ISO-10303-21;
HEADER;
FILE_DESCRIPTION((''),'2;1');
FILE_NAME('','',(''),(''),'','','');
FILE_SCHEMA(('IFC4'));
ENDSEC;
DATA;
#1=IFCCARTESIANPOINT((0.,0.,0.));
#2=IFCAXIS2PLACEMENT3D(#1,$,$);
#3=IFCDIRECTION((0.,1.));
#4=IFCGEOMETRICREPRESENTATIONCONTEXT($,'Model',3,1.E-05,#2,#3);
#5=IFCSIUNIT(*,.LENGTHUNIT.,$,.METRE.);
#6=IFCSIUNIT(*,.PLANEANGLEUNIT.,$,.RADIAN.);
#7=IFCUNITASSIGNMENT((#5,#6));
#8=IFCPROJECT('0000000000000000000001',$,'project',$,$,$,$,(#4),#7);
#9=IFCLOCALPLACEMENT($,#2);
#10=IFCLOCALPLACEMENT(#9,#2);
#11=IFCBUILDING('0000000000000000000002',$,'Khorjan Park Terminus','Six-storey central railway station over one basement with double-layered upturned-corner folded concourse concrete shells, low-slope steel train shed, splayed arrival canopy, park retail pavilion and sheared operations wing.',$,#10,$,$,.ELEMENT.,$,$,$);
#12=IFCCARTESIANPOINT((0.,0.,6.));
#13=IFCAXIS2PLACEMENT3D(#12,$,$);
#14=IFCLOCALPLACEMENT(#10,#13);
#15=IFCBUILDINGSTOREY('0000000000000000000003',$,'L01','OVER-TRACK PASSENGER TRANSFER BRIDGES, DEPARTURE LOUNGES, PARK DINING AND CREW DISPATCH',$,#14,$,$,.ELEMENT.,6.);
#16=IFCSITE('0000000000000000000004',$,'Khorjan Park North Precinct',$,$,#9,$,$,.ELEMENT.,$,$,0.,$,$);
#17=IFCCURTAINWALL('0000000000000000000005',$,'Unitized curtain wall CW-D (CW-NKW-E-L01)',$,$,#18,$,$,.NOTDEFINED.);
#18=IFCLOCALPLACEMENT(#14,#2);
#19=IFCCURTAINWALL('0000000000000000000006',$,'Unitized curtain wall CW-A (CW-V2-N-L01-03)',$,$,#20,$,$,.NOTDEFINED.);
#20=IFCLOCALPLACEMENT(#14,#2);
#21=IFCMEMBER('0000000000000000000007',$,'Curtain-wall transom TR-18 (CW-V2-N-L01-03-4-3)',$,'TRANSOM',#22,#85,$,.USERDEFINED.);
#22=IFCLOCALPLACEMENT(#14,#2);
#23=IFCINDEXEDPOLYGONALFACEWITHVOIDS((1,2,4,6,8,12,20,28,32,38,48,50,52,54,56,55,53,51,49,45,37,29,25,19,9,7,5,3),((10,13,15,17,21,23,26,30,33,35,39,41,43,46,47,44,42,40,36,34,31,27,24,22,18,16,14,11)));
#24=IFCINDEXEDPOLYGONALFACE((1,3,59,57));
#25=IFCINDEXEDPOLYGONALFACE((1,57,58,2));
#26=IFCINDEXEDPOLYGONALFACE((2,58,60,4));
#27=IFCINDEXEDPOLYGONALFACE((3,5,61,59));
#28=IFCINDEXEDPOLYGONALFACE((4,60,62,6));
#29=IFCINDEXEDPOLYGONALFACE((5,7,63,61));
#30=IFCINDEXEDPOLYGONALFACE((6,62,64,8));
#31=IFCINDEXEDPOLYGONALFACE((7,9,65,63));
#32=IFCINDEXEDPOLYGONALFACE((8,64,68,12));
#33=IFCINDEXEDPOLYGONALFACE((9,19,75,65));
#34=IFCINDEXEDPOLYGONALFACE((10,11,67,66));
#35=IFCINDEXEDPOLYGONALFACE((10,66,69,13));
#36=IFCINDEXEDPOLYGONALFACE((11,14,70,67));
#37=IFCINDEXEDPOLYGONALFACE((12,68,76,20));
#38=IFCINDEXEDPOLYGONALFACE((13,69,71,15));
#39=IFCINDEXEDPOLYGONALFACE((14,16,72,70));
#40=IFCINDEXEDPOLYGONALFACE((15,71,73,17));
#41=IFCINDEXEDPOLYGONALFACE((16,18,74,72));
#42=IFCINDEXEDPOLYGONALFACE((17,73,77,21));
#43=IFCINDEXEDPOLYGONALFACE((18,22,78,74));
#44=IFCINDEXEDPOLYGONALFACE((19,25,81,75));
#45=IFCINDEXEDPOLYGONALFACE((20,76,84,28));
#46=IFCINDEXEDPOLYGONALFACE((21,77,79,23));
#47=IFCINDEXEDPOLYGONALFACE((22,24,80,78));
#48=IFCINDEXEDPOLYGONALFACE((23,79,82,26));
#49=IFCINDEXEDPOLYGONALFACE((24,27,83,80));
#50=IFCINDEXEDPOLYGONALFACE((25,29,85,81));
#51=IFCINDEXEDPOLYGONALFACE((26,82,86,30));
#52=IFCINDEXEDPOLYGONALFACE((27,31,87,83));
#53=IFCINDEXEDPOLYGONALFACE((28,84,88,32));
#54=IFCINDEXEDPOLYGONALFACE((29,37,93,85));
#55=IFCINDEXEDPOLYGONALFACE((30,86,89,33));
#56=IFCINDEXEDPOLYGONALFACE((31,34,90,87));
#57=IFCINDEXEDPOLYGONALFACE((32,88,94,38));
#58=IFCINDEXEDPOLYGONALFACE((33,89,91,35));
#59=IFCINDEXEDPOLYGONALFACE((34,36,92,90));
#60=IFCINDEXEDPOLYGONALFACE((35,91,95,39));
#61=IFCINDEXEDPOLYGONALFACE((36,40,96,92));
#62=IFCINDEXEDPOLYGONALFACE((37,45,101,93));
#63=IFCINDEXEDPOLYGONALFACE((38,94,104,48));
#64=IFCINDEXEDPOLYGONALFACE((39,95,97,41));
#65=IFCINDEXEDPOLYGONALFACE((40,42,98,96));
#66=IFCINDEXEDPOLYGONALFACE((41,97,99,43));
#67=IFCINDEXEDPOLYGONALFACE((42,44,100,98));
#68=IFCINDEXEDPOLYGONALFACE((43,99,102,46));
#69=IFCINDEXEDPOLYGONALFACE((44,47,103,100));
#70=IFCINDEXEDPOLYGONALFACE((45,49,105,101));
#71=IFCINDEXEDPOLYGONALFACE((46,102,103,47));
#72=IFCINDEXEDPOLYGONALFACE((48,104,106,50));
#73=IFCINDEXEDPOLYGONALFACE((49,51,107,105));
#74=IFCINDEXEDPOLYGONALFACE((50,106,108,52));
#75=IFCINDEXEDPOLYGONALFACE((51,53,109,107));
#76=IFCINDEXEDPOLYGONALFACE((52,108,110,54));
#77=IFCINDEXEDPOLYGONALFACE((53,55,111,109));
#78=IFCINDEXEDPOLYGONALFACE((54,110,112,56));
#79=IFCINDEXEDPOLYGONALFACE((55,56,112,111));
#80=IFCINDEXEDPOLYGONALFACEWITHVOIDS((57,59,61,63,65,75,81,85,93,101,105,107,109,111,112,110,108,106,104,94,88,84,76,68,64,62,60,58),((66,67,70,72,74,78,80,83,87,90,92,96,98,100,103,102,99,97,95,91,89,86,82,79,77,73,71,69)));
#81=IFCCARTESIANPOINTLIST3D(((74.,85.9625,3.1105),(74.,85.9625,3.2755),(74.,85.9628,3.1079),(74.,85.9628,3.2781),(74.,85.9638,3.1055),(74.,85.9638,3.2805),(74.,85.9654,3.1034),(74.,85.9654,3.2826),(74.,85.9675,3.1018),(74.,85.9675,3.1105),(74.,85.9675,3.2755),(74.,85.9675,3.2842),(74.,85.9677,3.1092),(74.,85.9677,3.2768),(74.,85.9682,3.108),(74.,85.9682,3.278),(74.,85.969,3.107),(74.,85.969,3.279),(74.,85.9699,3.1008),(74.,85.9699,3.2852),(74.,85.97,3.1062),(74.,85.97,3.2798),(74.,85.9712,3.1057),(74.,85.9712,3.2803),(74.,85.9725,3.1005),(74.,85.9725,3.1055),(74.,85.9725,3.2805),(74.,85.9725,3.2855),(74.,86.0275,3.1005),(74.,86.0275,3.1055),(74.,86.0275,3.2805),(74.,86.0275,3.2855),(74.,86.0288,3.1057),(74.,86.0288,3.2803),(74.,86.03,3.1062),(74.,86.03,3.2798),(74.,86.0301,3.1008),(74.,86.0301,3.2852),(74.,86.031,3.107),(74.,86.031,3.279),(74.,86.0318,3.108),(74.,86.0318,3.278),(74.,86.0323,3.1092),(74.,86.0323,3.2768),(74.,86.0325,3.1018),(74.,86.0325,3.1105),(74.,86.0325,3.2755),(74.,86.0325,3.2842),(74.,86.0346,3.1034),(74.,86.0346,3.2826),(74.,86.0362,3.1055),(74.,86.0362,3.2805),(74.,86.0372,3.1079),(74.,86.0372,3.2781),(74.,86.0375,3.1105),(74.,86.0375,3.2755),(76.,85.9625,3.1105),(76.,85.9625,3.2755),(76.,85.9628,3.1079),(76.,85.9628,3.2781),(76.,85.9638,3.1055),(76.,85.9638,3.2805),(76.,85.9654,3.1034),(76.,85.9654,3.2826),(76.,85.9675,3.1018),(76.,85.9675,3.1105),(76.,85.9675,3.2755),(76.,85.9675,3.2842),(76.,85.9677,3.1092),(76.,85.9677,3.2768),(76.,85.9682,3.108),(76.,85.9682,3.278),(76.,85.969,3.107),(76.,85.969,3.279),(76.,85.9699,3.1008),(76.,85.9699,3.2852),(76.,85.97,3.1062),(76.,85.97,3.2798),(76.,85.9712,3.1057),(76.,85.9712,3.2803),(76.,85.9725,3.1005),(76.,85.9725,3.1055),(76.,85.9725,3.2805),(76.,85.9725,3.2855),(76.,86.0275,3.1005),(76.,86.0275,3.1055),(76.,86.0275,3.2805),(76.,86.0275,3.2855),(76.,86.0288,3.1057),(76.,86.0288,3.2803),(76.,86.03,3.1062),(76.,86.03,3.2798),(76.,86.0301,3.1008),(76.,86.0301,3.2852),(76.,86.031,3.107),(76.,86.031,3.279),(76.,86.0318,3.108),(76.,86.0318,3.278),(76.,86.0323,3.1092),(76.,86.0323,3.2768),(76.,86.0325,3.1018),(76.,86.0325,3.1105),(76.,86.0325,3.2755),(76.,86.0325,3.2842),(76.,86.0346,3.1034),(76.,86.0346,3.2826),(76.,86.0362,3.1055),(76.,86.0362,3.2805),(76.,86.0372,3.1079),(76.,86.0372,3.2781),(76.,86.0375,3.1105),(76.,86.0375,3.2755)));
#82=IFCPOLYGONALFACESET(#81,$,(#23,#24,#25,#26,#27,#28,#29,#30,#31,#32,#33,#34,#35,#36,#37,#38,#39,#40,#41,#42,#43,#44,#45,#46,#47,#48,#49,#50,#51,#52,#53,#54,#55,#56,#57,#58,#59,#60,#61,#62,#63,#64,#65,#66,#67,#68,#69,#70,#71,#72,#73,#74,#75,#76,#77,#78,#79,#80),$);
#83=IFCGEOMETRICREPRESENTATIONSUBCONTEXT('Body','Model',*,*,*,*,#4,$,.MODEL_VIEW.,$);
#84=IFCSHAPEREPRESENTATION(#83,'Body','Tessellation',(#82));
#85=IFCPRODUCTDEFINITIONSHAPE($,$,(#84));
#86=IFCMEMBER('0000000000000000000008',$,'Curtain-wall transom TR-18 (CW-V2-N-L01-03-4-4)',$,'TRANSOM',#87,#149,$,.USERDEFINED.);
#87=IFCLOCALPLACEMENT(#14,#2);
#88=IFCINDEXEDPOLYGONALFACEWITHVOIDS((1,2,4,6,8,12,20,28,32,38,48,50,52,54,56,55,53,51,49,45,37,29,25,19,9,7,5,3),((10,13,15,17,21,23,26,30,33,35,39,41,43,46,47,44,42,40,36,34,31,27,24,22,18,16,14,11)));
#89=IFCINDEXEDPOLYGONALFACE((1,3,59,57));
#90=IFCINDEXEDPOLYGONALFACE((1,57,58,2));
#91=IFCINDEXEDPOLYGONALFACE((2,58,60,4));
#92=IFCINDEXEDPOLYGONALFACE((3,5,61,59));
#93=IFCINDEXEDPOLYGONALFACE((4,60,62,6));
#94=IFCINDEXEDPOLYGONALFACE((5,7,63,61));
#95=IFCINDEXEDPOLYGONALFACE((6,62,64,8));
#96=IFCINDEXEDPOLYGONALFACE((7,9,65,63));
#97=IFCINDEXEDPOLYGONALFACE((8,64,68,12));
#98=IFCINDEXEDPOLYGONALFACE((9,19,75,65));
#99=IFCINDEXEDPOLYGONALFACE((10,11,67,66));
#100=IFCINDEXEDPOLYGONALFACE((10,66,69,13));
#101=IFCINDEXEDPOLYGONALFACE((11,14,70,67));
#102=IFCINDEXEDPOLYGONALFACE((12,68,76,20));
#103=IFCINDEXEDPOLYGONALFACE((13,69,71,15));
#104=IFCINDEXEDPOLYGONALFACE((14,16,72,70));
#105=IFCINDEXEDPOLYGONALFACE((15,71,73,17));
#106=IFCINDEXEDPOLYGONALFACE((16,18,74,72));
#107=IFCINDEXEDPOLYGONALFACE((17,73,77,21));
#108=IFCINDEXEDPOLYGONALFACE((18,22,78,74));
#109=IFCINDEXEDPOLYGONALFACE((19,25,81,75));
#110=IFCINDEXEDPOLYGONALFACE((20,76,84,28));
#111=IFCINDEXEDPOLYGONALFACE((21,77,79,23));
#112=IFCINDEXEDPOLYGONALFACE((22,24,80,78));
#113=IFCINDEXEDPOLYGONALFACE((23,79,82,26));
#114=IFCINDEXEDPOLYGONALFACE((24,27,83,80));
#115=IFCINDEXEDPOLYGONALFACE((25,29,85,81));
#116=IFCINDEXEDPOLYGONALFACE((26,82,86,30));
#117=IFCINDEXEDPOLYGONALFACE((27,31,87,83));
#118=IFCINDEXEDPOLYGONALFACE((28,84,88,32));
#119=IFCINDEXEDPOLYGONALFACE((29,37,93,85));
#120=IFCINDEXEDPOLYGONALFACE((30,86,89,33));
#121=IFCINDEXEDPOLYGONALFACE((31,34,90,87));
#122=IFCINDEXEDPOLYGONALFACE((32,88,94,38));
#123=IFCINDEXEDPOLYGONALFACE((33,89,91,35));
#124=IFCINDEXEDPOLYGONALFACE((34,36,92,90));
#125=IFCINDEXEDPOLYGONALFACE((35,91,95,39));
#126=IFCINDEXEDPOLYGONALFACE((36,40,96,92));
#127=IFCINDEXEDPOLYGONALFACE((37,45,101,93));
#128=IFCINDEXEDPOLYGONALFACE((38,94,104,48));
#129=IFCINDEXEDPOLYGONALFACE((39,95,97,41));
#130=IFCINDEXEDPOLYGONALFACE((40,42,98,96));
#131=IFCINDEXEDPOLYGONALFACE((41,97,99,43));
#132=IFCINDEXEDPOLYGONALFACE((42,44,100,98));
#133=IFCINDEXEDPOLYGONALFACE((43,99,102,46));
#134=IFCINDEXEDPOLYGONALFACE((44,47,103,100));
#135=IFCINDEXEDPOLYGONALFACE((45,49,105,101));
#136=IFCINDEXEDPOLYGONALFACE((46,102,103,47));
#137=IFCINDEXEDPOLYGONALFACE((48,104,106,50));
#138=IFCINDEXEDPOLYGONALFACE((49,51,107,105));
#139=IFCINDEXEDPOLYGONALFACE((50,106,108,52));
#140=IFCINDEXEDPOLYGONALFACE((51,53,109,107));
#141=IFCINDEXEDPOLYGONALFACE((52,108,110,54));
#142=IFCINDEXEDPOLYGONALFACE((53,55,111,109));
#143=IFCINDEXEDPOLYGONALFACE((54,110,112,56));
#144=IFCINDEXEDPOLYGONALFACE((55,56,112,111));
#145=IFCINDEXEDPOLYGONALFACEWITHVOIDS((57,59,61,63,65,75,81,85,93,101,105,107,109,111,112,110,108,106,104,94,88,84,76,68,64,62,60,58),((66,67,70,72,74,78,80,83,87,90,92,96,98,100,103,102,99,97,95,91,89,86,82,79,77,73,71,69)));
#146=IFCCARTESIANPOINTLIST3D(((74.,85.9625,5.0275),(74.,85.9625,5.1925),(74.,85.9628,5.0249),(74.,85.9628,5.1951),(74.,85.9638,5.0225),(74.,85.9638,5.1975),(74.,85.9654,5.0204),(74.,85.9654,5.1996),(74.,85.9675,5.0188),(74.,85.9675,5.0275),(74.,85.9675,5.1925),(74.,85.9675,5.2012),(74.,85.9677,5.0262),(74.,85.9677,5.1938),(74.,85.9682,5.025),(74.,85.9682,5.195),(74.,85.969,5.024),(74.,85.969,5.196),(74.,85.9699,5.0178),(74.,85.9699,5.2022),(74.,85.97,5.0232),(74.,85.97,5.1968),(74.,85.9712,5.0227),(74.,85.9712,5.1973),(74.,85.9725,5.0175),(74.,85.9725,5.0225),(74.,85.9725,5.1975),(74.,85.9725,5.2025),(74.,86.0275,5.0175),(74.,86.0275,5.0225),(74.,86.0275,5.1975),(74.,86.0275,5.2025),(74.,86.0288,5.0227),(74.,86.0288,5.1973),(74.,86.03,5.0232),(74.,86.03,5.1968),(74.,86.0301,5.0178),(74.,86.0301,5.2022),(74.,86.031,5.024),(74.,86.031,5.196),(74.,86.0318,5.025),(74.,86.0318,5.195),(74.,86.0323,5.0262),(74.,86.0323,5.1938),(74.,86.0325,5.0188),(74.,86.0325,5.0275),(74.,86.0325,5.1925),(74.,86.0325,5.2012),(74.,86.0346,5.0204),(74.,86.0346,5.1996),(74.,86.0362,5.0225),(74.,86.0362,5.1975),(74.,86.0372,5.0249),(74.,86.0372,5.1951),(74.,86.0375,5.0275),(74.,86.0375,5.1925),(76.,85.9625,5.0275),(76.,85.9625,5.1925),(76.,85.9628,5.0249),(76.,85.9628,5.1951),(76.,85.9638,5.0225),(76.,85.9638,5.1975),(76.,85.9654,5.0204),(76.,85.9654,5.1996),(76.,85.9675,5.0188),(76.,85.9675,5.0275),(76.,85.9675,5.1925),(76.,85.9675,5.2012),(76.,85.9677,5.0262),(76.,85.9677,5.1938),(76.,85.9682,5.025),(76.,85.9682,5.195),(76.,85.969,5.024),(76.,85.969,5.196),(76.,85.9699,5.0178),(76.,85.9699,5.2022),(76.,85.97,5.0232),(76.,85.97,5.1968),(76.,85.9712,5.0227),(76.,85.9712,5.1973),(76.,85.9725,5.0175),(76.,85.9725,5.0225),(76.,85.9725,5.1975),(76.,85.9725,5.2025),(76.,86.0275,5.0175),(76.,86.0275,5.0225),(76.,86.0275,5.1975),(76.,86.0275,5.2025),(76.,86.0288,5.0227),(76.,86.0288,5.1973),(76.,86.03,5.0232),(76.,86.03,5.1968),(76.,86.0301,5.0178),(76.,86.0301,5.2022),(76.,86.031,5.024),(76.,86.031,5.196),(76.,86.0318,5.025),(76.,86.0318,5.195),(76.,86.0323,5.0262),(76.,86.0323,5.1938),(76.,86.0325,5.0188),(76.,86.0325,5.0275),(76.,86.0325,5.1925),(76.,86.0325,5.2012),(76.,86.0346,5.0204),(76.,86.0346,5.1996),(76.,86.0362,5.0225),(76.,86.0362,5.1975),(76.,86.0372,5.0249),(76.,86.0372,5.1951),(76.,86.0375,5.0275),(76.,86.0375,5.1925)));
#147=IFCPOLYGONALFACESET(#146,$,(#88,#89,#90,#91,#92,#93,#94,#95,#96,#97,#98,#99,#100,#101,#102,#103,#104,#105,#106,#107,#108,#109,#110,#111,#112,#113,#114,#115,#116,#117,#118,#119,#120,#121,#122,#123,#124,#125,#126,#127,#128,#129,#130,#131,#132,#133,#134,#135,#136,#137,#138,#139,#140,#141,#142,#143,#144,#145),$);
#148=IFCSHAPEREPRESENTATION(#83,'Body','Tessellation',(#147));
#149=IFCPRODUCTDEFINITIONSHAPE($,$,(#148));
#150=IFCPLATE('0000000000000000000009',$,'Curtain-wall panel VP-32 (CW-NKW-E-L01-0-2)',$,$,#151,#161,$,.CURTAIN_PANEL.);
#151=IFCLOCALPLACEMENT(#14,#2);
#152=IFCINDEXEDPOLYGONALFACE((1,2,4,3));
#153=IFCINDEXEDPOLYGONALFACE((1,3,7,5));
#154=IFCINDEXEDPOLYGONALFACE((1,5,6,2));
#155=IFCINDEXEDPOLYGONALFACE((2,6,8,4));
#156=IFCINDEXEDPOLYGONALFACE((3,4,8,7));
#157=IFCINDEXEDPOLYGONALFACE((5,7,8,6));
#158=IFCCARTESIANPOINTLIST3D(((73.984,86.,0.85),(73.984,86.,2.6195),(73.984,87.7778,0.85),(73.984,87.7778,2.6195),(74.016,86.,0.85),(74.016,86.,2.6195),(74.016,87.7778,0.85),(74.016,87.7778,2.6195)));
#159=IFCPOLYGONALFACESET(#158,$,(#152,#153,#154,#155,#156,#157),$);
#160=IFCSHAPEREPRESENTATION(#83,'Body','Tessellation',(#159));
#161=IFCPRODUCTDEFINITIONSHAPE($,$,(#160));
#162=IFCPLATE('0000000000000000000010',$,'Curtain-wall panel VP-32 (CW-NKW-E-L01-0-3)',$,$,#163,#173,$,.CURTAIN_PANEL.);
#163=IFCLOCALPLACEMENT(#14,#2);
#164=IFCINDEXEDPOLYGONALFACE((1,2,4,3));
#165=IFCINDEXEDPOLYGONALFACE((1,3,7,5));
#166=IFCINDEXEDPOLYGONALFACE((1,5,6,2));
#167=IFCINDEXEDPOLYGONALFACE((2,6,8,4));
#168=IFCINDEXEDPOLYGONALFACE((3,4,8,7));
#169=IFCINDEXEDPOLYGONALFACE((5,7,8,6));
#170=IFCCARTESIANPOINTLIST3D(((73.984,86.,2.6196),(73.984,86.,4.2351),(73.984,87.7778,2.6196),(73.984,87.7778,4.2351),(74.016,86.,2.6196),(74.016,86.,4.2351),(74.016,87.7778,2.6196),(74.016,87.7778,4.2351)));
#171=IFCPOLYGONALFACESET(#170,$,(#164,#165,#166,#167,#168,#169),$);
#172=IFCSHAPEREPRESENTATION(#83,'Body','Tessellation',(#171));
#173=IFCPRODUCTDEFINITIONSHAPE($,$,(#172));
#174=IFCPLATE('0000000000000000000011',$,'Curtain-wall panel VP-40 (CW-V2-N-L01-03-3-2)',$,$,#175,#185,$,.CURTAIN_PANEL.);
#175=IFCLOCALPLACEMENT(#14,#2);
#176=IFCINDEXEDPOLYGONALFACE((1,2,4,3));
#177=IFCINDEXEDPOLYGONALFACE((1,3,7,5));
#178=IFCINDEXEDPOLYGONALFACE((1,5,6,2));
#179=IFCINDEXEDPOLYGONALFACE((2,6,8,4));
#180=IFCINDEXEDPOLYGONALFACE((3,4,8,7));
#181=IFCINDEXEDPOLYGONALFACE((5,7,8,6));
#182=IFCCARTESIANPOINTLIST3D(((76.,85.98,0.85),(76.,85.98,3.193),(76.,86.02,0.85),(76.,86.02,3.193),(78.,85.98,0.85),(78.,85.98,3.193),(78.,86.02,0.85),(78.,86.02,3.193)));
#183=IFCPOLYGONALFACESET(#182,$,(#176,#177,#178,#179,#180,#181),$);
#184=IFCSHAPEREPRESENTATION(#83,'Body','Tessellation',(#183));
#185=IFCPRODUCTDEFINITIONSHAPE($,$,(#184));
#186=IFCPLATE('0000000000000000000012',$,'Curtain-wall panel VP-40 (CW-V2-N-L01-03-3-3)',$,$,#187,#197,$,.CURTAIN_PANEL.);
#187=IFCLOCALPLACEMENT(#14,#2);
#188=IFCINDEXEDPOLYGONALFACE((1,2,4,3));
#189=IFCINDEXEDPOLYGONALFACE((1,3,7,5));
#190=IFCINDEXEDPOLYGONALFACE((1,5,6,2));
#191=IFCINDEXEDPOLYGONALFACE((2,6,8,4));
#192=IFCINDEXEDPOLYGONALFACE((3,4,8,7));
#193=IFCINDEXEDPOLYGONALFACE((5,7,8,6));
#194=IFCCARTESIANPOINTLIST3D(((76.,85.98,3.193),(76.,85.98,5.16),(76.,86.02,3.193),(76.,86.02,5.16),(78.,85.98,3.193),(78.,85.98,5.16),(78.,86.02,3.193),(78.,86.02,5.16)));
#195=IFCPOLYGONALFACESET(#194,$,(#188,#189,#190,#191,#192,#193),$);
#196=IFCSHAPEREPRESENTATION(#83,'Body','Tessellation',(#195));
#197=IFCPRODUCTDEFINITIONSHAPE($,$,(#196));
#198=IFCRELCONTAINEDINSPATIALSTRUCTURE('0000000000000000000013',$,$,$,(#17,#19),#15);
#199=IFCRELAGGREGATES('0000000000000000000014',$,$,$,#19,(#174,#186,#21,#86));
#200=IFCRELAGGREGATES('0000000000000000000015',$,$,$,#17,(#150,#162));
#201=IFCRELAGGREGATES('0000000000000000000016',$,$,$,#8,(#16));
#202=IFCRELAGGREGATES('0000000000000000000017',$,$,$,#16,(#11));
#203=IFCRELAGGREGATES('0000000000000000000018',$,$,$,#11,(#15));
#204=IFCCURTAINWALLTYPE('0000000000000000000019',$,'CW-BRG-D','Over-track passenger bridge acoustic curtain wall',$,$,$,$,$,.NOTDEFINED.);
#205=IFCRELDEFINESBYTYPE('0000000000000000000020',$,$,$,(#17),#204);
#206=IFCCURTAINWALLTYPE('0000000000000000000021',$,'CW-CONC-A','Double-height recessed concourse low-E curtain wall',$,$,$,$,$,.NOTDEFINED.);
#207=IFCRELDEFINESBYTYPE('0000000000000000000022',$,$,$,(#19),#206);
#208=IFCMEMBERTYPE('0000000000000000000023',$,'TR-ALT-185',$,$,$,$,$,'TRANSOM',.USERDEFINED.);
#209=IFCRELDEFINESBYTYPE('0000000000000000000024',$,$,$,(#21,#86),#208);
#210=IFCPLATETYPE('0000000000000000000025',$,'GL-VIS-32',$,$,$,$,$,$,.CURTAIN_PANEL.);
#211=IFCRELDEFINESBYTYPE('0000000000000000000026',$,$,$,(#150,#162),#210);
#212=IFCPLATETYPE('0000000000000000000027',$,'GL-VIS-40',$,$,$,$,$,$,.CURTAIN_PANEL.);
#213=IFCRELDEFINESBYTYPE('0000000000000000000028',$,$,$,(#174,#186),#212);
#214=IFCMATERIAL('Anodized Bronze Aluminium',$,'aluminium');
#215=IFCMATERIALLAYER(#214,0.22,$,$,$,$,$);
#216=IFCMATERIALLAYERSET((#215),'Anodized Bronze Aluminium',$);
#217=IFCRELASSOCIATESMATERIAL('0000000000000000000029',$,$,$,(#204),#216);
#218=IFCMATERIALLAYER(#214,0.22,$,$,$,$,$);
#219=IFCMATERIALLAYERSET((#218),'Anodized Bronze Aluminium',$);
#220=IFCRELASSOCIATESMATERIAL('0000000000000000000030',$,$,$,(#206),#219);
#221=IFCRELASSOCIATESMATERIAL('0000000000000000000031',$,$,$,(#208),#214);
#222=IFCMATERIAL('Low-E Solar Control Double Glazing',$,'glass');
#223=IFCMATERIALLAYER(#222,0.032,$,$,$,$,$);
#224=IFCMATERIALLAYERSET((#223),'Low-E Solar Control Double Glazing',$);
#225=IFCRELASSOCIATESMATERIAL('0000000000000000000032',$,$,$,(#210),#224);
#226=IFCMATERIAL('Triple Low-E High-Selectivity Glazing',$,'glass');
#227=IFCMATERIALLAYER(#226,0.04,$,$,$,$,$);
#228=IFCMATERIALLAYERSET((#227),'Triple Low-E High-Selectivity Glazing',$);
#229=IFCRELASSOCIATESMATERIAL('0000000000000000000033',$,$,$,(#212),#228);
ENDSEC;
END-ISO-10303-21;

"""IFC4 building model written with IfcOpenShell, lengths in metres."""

from ifc_helpers import new_model, si_unit, direction, frame, origin, origin_2d, place, context, subcontext, project, spatial, rectangle, hollow_rectangle, extrude, material, layer, layer_set, material_profile, profile_set, type_object, element, aggregate, save


model = new_model("IFC4")

# Units and contexts
model_context = context("Model", 3, precision=1e-05, world=origin(), true_north=direction((0.0, 1.0)))
body_context = subcontext(model_context, "Body", "Model", "MODEL_VIEW")
ifc_project = project(units=[si_unit("LENGTHUNIT", "METRE"), si_unit("PLANEANGLEUNIT", "RADIAN")], contexts=[model_context])

# Site, building, storey
site_placement = place(None, origin())
site = spatial("IfcSite", under=ifc_project, at=site_placement, Name="Khorjan Park North Precinct", CompositionType="ELEMENT", RefElevation=0.0)
building_placement = place(site_placement, origin())
building = spatial("IfcBuilding", under=site, at=building_placement, Name="Khorjan Park Terminus", Description="Six-storey central railway station over one basement with double-layered upturned-corner folded concourse concrete shells, low-slope steel train shed, splayed arrival canopy, park retail pavilion and sheared operations wing.", CompositionType="ELEMENT")
storey_placement = place(building_placement, frame((0.0, 0.0, 6.0)))
storey = spatial("IfcBuildingStorey", under=building, at=storey_placement, Name="L01", Description="OVER-TRACK PASSENGER TRANSFER BRIDGES, DEPARTURE LOUNGES, PARK DINING AND CREW DISPATCH", CompositionType="ELEMENT", Elevation=6.0)

# Curtain wall
ifc_material_1 = material(Name="Anodized Bronze Aluminium", Category="aluminium")
ifc_layer_1 = layer(ifc_material_1, 0.22)
ifc_layer_set_1 = layer_set([ifc_layer_1], Name="Anodized Bronze Aluminium")
curtain_wall_type_1 = type_object("IfcCurtainWallType", Name="CW-BRG-D", Description="Over-track passenger bridge acoustic curtain wall", PredefinedType="NOTDEFINED", material=ifc_layer_set_1)
curtain_wall_1_placement = place(storey_placement, origin())
curtain_wall_1 = element("IfcCurtainWall", 1, at=curtain_wall_1_placement, inside=storey, type_object=curtain_wall_type_1, Name="Unitized curtain wall CW-D (CW-NKW-E-L01)", PredefinedType="NOTDEFINED")

# Curtain wall
ifc_layer_2 = layer(ifc_material_1, 0.22)
ifc_layer_set_2 = layer_set([ifc_layer_2], Name="Anodized Bronze Aluminium")
curtain_wall_type_2 = type_object("IfcCurtainWallType", Name="CW-CONC-A", Description="Double-height recessed concourse low-E curtain wall", PredefinedType="NOTDEFINED", material=ifc_layer_set_2)
curtain_wall_2_placement = place(storey_placement, origin())
curtain_wall_2 = element("IfcCurtainWall", 2, at=curtain_wall_2_placement, inside=storey, type_object=curtain_wall_type_2, Name="Unitized curtain wall CW-A (CW-V2-N-L01-03)", PredefinedType="NOTDEFINED")

# Members
ifc_material_profile_1 = material_profile(ifc_material_1, hollow_rectangle(XDim=0.075, YDim=0.185, WallThickness=0.005, InnerFilletRadius=0.005, OuterFilletRadius=0.01, at=origin_2d()), Name="ALT 75x185x5")
ifc_profile_set_1 = profile_set([ifc_material_profile_1], Name="Anodized Bronze Aluminium")
member_type_1 = type_object("IfcMemberType", Name="TR-ALT-185", ElementType="TRANSOM", PredefinedType="USERDEFINED", material=ifc_profile_set_1)
member_1_placement = place(storey_placement, frame((76.0, 86.0, 3.193), z_axis=(-1.0, 0.0, 0.0), x_axis=(0.0, -1.0, 0.0)))
member_1 = element("IfcMember", 3, at=member_1_placement, type_object=member_type_1, Name="Curtain-wall transom TR-18 (CW-V2-N-L01-03-4-3)", ObjectType="TRANSOM", PredefinedType="USERDEFINED", context=body_context, shape_type="SweptSolid", body=[
    extrude(hollow_rectangle(XDim=0.075, YDim=0.185, WallThickness=0.005, InnerFilletRadius=0.005, OuterFilletRadius=0.01, at=origin_2d()), origin(), (0.0, 0.0, 1.0), 2.0),
])
member_2_placement = place(storey_placement, frame((76.0, 86.0, 5.11), z_axis=(-1.0, 0.0, 0.0), x_axis=(0.0, -1.0, 0.0)))
member_2 = element("IfcMember", 4, at=member_2_placement, type_object=member_type_1, Name="Curtain-wall transom TR-18 (CW-V2-N-L01-03-4-4)", ObjectType="TRANSOM", PredefinedType="USERDEFINED", context=body_context, shape_type="SweptSolid", body=[
    extrude(hollow_rectangle(XDim=0.075, YDim=0.185, WallThickness=0.005, InnerFilletRadius=0.005, OuterFilletRadius=0.01, at=origin_2d()), origin(), (0.0, 0.0, 1.0), 2.0),
])

# Plates
ifc_material_2 = material(Name="Low-E Solar Control Double Glazing", Category="glass")
ifc_layer_3 = layer(ifc_material_2, 0.032)
ifc_layer_set_3 = layer_set([ifc_layer_3], Name="Low-E Solar Control Double Glazing")
plate_type_1 = type_object("IfcPlateType", Name="GL-VIS-32", PredefinedType="CURTAIN_PANEL", material=ifc_layer_set_3)
plate_1_placement = place(storey_placement, frame((74.0, 86.8889, 0.85), z_axis=(0.0, 0.0, 1.0), x_axis=(0.0, 1.0, 0.0)))
plate_1 = element("IfcPlate", 5, at=plate_1_placement, type_object=plate_type_1, Name="Curtain-wall panel VP-32 (CW-NKW-E-L01-0-2)", PredefinedType="CURTAIN_PANEL", context=body_context, shape_type="SweptSolid", body=[
    extrude(rectangle(XDim=1.7778, YDim=0.032, at=origin_2d()), origin(), (0.0, 0.0, 1.0), 1.7695),
])
plate_2_placement = place(storey_placement, frame((74.0, 86.8889, 2.6196), z_axis=(0.0, 0.0, 1.0), x_axis=(0.0, 1.0, 0.0)))
plate_2 = element("IfcPlate", 6, at=plate_2_placement, type_object=plate_type_1, Name="Curtain-wall panel VP-32 (CW-NKW-E-L01-0-3)", PredefinedType="CURTAIN_PANEL", context=body_context, shape_type="SweptSolid", body=[
    extrude(rectangle(XDim=1.7778, YDim=0.032, at=origin_2d()), origin(), (0.0, 0.0, 1.0), 1.6155),
])
ifc_material_3 = material(Name="Triple Low-E High-Selectivity Glazing", Category="glass")
ifc_layer_4 = layer(ifc_material_3, 0.04)
ifc_layer_set_4 = layer_set([ifc_layer_4], Name="Triple Low-E High-Selectivity Glazing")
plate_type_2 = type_object("IfcPlateType", Name="GL-VIS-40", PredefinedType="CURTAIN_PANEL", material=ifc_layer_set_4)
plate_3_placement = place(storey_placement, frame((77.0, 86.0, 0.85), z_axis=(0.0, 0.0, 1.0), x_axis=(-1.0, 0.0, 0.0)))
plate_3 = element("IfcPlate", 7, at=plate_3_placement, type_object=plate_type_2, Name="Curtain-wall panel VP-40 (CW-V2-N-L01-03-3-2)", PredefinedType="CURTAIN_PANEL", context=body_context, shape_type="SweptSolid", body=[
    extrude(rectangle(XDim=2.0, YDim=0.04, at=origin_2d()), origin(), (0.0, 0.0, 1.0), 2.343),
])
plate_4_placement = place(storey_placement, frame((77.0, 86.0, 3.193), z_axis=(0.0, 0.0, 1.0), x_axis=(-1.0, 0.0, 0.0)))
plate_4 = element("IfcPlate", 8, at=plate_4_placement, type_object=plate_type_2, Name="Curtain-wall panel VP-40 (CW-V2-N-L01-03-3-3)", PredefinedType="CURTAIN_PANEL", context=body_context, shape_type="SweptSolid", body=[
    extrude(rectangle(XDim=2.0, YDim=0.04, at=origin_2d()), origin(), (0.0, 0.0, 1.0), 1.967),
])
aggregate(curtain_wall_2, [plate_3, plate_4, member_1, member_2])
aggregate(curtain_wall_1, [plate_1, plate_2])

save(model, "model.ifc")
